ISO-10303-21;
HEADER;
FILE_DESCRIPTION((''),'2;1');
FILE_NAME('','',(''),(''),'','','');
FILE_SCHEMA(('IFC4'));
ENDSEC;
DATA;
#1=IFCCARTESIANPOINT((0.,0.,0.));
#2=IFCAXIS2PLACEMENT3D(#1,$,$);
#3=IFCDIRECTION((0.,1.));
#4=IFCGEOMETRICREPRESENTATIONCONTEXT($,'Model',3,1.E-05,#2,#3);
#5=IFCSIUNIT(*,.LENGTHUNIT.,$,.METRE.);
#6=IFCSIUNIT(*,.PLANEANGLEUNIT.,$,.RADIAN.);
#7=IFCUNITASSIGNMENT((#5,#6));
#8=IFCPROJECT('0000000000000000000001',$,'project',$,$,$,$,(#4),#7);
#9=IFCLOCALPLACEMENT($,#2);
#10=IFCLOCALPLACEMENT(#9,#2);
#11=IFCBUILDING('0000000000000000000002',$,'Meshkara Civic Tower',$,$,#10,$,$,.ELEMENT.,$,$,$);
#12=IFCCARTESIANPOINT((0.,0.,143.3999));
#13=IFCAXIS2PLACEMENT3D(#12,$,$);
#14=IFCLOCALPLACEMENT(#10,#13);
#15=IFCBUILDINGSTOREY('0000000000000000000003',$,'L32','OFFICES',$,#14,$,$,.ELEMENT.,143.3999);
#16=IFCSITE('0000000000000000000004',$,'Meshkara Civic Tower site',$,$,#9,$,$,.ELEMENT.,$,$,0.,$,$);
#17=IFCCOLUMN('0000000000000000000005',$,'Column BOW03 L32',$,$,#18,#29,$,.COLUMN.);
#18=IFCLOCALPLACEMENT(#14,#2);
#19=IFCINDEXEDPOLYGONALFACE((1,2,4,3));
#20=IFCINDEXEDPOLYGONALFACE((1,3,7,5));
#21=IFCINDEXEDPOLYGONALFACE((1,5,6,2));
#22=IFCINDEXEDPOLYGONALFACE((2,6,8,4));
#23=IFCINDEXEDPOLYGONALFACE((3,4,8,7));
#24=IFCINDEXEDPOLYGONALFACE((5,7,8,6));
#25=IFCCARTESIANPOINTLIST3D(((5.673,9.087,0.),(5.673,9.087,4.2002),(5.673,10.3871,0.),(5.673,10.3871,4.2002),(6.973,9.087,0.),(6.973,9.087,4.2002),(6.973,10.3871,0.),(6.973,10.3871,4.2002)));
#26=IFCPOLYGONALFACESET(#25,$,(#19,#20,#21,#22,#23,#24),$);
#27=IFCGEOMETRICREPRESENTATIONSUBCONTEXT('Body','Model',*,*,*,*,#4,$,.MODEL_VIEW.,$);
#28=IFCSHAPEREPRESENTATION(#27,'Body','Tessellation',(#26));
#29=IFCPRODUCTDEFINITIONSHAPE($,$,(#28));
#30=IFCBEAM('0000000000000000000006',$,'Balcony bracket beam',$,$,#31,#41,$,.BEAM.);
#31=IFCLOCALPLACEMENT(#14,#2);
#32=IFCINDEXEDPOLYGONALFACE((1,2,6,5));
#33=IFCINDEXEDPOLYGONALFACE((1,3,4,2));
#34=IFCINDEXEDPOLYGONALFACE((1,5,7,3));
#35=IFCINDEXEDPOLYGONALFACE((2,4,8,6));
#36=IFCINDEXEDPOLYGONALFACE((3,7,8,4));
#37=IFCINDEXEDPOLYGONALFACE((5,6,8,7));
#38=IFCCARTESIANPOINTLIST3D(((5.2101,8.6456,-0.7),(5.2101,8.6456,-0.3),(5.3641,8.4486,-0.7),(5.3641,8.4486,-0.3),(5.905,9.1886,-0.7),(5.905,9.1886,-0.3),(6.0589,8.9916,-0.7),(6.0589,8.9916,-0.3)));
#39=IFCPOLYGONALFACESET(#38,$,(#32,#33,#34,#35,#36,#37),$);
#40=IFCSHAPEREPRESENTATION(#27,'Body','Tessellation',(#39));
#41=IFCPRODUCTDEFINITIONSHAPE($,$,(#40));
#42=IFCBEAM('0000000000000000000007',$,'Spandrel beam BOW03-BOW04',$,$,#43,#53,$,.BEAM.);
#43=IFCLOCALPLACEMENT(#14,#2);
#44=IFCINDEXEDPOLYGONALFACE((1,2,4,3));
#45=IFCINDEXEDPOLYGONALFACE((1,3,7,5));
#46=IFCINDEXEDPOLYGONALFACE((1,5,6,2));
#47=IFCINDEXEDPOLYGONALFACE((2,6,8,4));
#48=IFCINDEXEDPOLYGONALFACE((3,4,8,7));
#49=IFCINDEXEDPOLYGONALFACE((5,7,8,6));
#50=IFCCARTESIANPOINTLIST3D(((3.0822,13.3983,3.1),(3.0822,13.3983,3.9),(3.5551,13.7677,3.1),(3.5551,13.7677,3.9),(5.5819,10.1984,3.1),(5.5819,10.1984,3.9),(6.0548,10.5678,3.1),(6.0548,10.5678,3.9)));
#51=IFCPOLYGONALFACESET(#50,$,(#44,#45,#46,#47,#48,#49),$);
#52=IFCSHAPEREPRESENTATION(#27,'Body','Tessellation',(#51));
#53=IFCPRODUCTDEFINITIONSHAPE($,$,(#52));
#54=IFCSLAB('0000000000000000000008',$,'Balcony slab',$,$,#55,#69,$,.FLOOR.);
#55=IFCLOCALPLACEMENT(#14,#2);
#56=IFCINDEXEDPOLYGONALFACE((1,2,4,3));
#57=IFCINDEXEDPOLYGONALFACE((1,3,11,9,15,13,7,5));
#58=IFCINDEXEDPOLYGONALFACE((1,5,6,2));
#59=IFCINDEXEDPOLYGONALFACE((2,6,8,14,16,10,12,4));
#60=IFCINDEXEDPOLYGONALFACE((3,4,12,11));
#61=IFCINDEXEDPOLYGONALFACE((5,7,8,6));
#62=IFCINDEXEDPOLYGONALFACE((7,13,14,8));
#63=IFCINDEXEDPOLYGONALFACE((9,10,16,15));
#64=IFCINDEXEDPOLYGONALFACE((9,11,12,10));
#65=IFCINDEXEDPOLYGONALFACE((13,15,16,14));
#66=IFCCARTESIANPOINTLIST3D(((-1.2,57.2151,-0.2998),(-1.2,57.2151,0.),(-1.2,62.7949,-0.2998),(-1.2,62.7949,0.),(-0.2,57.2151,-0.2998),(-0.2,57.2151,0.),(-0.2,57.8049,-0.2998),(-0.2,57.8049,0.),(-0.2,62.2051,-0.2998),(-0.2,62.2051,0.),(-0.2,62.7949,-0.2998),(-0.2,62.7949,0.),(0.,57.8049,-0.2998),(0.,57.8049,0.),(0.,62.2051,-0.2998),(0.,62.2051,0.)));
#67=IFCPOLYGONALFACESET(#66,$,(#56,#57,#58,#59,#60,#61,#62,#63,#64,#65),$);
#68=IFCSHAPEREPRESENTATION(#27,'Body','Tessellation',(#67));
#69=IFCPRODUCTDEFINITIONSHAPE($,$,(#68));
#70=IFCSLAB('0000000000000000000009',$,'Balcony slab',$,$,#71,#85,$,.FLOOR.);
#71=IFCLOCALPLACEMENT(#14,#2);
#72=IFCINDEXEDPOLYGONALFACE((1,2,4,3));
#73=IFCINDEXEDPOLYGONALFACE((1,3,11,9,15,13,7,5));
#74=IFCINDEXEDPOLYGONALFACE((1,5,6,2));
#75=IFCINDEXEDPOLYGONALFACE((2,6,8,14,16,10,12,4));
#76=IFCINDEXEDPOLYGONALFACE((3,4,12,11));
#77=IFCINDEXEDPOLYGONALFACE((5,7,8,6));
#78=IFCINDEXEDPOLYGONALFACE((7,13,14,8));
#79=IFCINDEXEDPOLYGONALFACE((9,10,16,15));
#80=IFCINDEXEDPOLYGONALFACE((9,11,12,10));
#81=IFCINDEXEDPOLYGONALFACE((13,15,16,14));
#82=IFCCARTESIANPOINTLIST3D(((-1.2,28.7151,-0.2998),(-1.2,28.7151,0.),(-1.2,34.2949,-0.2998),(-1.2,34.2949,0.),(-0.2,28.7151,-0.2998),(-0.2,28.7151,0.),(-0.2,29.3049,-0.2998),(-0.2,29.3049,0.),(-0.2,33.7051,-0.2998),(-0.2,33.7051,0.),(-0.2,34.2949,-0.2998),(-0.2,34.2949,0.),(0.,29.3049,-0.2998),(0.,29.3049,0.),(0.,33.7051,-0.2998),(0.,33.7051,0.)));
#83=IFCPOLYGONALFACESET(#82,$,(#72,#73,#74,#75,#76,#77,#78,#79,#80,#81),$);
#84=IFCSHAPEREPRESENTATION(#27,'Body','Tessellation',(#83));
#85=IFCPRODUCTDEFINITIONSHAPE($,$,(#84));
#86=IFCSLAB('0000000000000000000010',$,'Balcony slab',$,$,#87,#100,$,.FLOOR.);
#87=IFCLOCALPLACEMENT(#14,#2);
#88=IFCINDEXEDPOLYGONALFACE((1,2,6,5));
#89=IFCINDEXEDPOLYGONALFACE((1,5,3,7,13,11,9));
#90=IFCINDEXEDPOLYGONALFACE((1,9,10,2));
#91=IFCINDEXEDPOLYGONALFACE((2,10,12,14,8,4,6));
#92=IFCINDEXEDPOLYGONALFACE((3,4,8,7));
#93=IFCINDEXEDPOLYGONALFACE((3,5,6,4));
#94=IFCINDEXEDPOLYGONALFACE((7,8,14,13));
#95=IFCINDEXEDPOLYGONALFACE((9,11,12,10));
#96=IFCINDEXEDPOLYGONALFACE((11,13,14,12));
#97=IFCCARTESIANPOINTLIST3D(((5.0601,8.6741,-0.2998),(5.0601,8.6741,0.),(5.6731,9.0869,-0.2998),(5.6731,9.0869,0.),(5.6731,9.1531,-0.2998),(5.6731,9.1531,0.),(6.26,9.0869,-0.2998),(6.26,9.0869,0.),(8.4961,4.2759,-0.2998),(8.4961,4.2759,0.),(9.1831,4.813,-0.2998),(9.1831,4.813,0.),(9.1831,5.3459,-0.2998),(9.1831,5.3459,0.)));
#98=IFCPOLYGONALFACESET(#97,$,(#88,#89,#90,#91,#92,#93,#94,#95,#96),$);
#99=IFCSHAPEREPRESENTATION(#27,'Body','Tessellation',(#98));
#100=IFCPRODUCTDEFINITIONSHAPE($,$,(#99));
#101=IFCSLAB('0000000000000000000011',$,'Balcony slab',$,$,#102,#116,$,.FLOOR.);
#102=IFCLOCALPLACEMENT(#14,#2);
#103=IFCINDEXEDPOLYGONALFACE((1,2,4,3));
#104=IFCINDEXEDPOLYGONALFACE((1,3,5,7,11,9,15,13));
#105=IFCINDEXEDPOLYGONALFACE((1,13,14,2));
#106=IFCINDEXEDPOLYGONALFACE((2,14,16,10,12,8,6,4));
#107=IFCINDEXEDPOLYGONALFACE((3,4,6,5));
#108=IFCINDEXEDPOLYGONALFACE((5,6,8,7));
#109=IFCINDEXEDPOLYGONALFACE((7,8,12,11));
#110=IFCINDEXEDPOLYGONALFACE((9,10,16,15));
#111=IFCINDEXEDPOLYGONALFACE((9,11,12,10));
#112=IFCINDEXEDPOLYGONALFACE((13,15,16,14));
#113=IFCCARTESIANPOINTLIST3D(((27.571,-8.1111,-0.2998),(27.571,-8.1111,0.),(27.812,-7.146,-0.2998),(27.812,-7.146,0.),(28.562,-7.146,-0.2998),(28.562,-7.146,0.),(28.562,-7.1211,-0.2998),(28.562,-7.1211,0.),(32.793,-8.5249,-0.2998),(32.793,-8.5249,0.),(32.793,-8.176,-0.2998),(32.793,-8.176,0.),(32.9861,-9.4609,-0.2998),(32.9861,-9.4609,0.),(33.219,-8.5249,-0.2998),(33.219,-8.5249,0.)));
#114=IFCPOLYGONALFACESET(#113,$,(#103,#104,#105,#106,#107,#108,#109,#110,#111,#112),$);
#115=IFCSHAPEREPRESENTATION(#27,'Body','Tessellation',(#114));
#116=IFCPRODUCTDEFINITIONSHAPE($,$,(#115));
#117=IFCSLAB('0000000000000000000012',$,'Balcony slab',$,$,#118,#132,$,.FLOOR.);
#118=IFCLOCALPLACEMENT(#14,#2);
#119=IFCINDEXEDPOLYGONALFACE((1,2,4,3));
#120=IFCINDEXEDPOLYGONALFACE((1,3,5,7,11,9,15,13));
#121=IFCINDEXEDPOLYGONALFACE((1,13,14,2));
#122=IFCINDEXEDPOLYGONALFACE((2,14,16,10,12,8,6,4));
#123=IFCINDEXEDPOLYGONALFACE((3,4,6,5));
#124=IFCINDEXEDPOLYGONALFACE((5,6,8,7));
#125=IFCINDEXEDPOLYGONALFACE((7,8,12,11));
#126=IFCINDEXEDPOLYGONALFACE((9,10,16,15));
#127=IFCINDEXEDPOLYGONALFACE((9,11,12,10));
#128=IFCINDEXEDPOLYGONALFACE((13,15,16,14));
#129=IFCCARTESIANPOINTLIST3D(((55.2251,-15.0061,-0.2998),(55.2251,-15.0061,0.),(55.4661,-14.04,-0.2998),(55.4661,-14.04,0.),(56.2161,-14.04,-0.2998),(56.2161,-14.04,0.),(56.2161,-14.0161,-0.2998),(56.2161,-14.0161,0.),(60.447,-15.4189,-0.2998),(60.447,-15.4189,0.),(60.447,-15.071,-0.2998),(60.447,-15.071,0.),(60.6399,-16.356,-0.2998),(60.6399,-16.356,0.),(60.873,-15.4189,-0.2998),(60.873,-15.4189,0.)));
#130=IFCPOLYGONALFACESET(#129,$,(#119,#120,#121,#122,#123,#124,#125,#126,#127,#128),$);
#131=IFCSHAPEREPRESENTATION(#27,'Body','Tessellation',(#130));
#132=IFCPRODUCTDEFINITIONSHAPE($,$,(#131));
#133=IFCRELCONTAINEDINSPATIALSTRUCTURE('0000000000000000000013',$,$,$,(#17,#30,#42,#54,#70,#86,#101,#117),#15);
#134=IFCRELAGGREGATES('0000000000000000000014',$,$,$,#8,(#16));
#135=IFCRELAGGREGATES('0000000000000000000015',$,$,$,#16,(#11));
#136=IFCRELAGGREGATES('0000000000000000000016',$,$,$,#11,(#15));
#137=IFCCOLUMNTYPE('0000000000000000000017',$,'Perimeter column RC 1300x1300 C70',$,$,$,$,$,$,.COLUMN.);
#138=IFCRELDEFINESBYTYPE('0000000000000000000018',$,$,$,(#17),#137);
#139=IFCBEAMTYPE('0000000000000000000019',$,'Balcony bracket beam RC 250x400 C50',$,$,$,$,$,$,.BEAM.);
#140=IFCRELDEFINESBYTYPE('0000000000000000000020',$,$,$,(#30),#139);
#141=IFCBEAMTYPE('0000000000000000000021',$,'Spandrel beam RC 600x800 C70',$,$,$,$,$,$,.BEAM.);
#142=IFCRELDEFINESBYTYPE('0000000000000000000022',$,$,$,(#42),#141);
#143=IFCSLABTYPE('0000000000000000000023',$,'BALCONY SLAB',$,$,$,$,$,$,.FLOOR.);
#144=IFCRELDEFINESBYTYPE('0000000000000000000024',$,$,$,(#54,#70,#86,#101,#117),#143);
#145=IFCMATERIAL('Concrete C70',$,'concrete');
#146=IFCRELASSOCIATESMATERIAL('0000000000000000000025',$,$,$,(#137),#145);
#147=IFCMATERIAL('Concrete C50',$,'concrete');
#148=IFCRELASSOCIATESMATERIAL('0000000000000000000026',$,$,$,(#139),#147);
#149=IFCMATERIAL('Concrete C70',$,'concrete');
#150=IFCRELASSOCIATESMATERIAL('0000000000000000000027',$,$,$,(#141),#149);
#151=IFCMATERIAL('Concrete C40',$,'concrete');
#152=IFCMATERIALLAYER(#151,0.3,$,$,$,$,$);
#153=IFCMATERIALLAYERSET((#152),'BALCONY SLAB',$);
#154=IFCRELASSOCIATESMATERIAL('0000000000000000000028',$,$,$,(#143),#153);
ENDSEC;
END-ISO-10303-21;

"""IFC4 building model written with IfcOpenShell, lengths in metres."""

from ifc_helpers import new_model, si_unit, direction, frame, origin, origin_2d, place, context, subcontext, project, spatial, polyline, rectangle, outline, extrude, material, layer, layer_set, material_profile, profile_set, type_object, element, save


model = new_model("IFC4")

# Units and contexts
model_context = context("Model", 3, precision=1e-05, world=origin(), true_north=direction((0.0, 1.0)))
body_context = subcontext(model_context, "Body", "Model", "MODEL_VIEW")
ifc_project = project(units=[si_unit("LENGTHUNIT", "METRE"), si_unit("PLANEANGLEUNIT", "RADIAN")], contexts=[model_context])

# Site, building, storey
site_placement = place(None, origin())
site = spatial("IfcSite", under=ifc_project, at=site_placement, Name="Meshkara Civic Tower site", CompositionType="ELEMENT", RefElevation=0.0)
building_placement = place(site_placement, origin())
building = spatial("IfcBuilding", under=site, at=building_placement, Name="Meshkara Civic Tower", CompositionType="ELEMENT")
storey_placement = place(building_placement, frame((0.0, 0.0, 143.3999)))
storey = spatial("IfcBuildingStorey", under=building, at=storey_placement, Name="L32", Description="OFFICES", CompositionType="ELEMENT", Elevation=143.3999)

# Column
ifc_material_1 = material(Name="Concrete C70", Category="concrete")
ifc_material_profile_1 = material_profile(ifc_material_1, rectangle(XDim=1.3, YDim=1.3, at=origin_2d()))
ifc_profile_set_1 = profile_set([ifc_material_profile_1], Name="Concrete C70")
column_type = type_object("IfcColumnType", Name="Perimeter column RC 1300x1300 C70", PredefinedType="COLUMN", material=ifc_profile_set_1)
column_placement = place(storey_placement, frame((6.323, 9.7371, 0.0), z_axis=(0.0, 0.0, 1.0), x_axis=(1.0, 0.0, 0.0)))
element("IfcColumn", 1, at=column_placement, inside=storey, type_object=column_type, Name="Column BOW03 L32", PredefinedType="COLUMN", context=body_context, shape_type="SweptSolid", body=[
    extrude(rectangle(XDim=1.3, YDim=1.3, at=origin_2d()), origin(), (0.0, 0.0, 1.0), 4.2002),
])

# Beams
ifc_material_2 = material(Name="Concrete C50", Category="concrete")
ifc_material_profile_2 = material_profile(ifc_material_2, rectangle(XDim=0.25, YDim=0.3999, at=origin_2d()))
ifc_profile_set_2 = profile_set([ifc_material_profile_2], Name="Concrete C50")
beam_type_1 = type_object("IfcBeamType", Name="Balcony bracket beam RC 250x400 C50", PredefinedType="BEAM", material=ifc_profile_set_2)
beam_1_placement = place(storey_placement, frame((5.9819, 9.0901, -0.5), z_axis=(-0.787949, -0.615741, 0.0), x_axis=(0.615741, -0.787949, 0.0)))
element("IfcBeam", 2, at=beam_1_placement, inside=storey, type_object=beam_type_1, Name="Balcony bracket beam", PredefinedType="BEAM", context=body_context, shape_type="SweptSolid", body=[
    extrude(rectangle(XDim=0.25, YDim=0.3999, at=origin_2d()), origin(), (0.0, 0.0, 1.0), 0.8818),
])
ifc_material_3 = material(Name="Concrete C70", Category="concrete")
ifc_material_profile_3 = material_profile(ifc_material_3, rectangle(XDim=0.6001, YDim=0.8, at=origin_2d()))
ifc_profile_set_3 = profile_set([ifc_material_profile_3], Name="Concrete C70")
beam_type_2 = type_object("IfcBeamType", Name="Spandrel beam RC 600x800 C70", PredefinedType="BEAM", material=ifc_profile_set_3)
beam_2_placement = place(storey_placement, frame((3.3186, 13.583, 3.5), z_axis=(0.615613, -0.788049, 0.0), x_axis=(0.788049, 0.615613, 0.0)))
element("IfcBeam", 3, at=beam_2_placement, inside=storey, type_object=beam_type_2, Name="Spandrel beam BOW03-BOW04", PredefinedType="BEAM", context=body_context, shape_type="SweptSolid", body=[
    extrude(rectangle(XDim=0.6001, YDim=0.8, at=origin_2d()), origin(), (0.0, 0.0, 1.0), 4.0605),
])

# Slabs
ifc_material_4 = material(Name="Concrete C40", Category="concrete")
ifc_layer_1 = layer(ifc_material_4, 0.3)
ifc_layer_set_1 = layer_set([ifc_layer_1], Name="BALCONY SLAB")
slab_type_1 = type_object("IfcSlabType", Name="BALCONY SLAB", PredefinedType="FLOOR", material=ifc_layer_set_1)
slab_1_placement = place(storey_placement, frame((0.0, 0.0, -0.2998)))
element("IfcSlab", 4, at=slab_1_placement, inside=storey, type_object=slab_type_1, Name="Balcony slab", PredefinedType="FLOOR", context=body_context, shape_type="SweptSolid", body=[
    extrude(outline(polyline([(-1.2, 57.2151), (-1.2, 62.7949), (-0.2, 62.7949), (-0.2, 62.2051), (0.0, 62.2051), (0.0, 57.8049), (-0.2, 57.8049), (-0.2, 57.2151), (-1.2, 57.2151)])), origin(), (0.0, 0.0, 1.0), 0.2998),
])
slab_2_placement = place(storey_placement, frame((0.0, 0.0, -0.2998)))
element("IfcSlab", 5, at=slab_2_placement, inside=storey, type_object=slab_type_1, Name="Balcony slab", PredefinedType="FLOOR", context=body_context, shape_type="SweptSolid", body=[
    extrude(outline(polyline([(-1.2, 28.7151), (-1.2, 34.2949), (-0.2, 34.2949), (-0.2, 33.7051), (0.0, 33.7051), (0.0, 29.3049), (-0.2, 29.3049), (-0.2, 28.7151), (-1.2, 28.7151)])), origin(), (0.0, 0.0, 1.0), 0.2998),
])
slab_3_placement = place(storey_placement, frame((0.0, 0.0, -0.2998)))
element("IfcSlab", 6, at=slab_3_placement, inside=storey, type_object=slab_type_1, Name="Balcony slab", PredefinedType="FLOOR", context=body_context, shape_type="SweptSolid", body=[
    extrude(outline(polyline([(8.4961, 4.2759), (5.0601, 8.6741), (5.6731, 9.1531), (5.6731, 9.0869), (6.26, 9.0869), (9.1831, 5.3459), (9.1831, 4.813), (8.4961, 4.2759)])), origin(), (0.0, 0.0, 1.0), 0.2998),
])
slab_4_placement = place(storey_placement, frame((0.0, 0.0, -0.2998)))
element("IfcSlab", 7, at=slab_4_placement, inside=storey, type_object=slab_type_1, Name="Balcony slab", PredefinedType="FLOOR", context=body_context, shape_type="SweptSolid", body=[
    extrude(outline(polyline([(32.9861, -9.4609), (27.571, -8.1111), (27.812, -7.146), (28.562, -7.146), (28.562, -7.1211), (32.793, -8.176), (32.793, -8.5249), (33.219, -8.5249), (32.9861, -9.4609)])), origin(), (0.0, 0.0, 1.0), 0.2998),
])
slab_5_placement = place(storey_placement, frame((0.0, 0.0, -0.2998)))
element("IfcSlab", 8, at=slab_5_placement, inside=storey, type_object=slab_type_1, Name="Balcony slab", PredefinedType="FLOOR", context=body_context, shape_type="SweptSolid", body=[
    extrude(outline(polyline([(60.6399, -16.356), (55.2251, -15.0061), (55.4661, -14.04), (56.2161, -14.04), (56.2161, -14.0161), (60.447, -15.071), (60.447, -15.4189), (60.873, -15.4189), (60.6399, -16.356)])), origin(), (0.0, 0.0, 1.0), 0.2998),
])

save(model, "model.ifc")
